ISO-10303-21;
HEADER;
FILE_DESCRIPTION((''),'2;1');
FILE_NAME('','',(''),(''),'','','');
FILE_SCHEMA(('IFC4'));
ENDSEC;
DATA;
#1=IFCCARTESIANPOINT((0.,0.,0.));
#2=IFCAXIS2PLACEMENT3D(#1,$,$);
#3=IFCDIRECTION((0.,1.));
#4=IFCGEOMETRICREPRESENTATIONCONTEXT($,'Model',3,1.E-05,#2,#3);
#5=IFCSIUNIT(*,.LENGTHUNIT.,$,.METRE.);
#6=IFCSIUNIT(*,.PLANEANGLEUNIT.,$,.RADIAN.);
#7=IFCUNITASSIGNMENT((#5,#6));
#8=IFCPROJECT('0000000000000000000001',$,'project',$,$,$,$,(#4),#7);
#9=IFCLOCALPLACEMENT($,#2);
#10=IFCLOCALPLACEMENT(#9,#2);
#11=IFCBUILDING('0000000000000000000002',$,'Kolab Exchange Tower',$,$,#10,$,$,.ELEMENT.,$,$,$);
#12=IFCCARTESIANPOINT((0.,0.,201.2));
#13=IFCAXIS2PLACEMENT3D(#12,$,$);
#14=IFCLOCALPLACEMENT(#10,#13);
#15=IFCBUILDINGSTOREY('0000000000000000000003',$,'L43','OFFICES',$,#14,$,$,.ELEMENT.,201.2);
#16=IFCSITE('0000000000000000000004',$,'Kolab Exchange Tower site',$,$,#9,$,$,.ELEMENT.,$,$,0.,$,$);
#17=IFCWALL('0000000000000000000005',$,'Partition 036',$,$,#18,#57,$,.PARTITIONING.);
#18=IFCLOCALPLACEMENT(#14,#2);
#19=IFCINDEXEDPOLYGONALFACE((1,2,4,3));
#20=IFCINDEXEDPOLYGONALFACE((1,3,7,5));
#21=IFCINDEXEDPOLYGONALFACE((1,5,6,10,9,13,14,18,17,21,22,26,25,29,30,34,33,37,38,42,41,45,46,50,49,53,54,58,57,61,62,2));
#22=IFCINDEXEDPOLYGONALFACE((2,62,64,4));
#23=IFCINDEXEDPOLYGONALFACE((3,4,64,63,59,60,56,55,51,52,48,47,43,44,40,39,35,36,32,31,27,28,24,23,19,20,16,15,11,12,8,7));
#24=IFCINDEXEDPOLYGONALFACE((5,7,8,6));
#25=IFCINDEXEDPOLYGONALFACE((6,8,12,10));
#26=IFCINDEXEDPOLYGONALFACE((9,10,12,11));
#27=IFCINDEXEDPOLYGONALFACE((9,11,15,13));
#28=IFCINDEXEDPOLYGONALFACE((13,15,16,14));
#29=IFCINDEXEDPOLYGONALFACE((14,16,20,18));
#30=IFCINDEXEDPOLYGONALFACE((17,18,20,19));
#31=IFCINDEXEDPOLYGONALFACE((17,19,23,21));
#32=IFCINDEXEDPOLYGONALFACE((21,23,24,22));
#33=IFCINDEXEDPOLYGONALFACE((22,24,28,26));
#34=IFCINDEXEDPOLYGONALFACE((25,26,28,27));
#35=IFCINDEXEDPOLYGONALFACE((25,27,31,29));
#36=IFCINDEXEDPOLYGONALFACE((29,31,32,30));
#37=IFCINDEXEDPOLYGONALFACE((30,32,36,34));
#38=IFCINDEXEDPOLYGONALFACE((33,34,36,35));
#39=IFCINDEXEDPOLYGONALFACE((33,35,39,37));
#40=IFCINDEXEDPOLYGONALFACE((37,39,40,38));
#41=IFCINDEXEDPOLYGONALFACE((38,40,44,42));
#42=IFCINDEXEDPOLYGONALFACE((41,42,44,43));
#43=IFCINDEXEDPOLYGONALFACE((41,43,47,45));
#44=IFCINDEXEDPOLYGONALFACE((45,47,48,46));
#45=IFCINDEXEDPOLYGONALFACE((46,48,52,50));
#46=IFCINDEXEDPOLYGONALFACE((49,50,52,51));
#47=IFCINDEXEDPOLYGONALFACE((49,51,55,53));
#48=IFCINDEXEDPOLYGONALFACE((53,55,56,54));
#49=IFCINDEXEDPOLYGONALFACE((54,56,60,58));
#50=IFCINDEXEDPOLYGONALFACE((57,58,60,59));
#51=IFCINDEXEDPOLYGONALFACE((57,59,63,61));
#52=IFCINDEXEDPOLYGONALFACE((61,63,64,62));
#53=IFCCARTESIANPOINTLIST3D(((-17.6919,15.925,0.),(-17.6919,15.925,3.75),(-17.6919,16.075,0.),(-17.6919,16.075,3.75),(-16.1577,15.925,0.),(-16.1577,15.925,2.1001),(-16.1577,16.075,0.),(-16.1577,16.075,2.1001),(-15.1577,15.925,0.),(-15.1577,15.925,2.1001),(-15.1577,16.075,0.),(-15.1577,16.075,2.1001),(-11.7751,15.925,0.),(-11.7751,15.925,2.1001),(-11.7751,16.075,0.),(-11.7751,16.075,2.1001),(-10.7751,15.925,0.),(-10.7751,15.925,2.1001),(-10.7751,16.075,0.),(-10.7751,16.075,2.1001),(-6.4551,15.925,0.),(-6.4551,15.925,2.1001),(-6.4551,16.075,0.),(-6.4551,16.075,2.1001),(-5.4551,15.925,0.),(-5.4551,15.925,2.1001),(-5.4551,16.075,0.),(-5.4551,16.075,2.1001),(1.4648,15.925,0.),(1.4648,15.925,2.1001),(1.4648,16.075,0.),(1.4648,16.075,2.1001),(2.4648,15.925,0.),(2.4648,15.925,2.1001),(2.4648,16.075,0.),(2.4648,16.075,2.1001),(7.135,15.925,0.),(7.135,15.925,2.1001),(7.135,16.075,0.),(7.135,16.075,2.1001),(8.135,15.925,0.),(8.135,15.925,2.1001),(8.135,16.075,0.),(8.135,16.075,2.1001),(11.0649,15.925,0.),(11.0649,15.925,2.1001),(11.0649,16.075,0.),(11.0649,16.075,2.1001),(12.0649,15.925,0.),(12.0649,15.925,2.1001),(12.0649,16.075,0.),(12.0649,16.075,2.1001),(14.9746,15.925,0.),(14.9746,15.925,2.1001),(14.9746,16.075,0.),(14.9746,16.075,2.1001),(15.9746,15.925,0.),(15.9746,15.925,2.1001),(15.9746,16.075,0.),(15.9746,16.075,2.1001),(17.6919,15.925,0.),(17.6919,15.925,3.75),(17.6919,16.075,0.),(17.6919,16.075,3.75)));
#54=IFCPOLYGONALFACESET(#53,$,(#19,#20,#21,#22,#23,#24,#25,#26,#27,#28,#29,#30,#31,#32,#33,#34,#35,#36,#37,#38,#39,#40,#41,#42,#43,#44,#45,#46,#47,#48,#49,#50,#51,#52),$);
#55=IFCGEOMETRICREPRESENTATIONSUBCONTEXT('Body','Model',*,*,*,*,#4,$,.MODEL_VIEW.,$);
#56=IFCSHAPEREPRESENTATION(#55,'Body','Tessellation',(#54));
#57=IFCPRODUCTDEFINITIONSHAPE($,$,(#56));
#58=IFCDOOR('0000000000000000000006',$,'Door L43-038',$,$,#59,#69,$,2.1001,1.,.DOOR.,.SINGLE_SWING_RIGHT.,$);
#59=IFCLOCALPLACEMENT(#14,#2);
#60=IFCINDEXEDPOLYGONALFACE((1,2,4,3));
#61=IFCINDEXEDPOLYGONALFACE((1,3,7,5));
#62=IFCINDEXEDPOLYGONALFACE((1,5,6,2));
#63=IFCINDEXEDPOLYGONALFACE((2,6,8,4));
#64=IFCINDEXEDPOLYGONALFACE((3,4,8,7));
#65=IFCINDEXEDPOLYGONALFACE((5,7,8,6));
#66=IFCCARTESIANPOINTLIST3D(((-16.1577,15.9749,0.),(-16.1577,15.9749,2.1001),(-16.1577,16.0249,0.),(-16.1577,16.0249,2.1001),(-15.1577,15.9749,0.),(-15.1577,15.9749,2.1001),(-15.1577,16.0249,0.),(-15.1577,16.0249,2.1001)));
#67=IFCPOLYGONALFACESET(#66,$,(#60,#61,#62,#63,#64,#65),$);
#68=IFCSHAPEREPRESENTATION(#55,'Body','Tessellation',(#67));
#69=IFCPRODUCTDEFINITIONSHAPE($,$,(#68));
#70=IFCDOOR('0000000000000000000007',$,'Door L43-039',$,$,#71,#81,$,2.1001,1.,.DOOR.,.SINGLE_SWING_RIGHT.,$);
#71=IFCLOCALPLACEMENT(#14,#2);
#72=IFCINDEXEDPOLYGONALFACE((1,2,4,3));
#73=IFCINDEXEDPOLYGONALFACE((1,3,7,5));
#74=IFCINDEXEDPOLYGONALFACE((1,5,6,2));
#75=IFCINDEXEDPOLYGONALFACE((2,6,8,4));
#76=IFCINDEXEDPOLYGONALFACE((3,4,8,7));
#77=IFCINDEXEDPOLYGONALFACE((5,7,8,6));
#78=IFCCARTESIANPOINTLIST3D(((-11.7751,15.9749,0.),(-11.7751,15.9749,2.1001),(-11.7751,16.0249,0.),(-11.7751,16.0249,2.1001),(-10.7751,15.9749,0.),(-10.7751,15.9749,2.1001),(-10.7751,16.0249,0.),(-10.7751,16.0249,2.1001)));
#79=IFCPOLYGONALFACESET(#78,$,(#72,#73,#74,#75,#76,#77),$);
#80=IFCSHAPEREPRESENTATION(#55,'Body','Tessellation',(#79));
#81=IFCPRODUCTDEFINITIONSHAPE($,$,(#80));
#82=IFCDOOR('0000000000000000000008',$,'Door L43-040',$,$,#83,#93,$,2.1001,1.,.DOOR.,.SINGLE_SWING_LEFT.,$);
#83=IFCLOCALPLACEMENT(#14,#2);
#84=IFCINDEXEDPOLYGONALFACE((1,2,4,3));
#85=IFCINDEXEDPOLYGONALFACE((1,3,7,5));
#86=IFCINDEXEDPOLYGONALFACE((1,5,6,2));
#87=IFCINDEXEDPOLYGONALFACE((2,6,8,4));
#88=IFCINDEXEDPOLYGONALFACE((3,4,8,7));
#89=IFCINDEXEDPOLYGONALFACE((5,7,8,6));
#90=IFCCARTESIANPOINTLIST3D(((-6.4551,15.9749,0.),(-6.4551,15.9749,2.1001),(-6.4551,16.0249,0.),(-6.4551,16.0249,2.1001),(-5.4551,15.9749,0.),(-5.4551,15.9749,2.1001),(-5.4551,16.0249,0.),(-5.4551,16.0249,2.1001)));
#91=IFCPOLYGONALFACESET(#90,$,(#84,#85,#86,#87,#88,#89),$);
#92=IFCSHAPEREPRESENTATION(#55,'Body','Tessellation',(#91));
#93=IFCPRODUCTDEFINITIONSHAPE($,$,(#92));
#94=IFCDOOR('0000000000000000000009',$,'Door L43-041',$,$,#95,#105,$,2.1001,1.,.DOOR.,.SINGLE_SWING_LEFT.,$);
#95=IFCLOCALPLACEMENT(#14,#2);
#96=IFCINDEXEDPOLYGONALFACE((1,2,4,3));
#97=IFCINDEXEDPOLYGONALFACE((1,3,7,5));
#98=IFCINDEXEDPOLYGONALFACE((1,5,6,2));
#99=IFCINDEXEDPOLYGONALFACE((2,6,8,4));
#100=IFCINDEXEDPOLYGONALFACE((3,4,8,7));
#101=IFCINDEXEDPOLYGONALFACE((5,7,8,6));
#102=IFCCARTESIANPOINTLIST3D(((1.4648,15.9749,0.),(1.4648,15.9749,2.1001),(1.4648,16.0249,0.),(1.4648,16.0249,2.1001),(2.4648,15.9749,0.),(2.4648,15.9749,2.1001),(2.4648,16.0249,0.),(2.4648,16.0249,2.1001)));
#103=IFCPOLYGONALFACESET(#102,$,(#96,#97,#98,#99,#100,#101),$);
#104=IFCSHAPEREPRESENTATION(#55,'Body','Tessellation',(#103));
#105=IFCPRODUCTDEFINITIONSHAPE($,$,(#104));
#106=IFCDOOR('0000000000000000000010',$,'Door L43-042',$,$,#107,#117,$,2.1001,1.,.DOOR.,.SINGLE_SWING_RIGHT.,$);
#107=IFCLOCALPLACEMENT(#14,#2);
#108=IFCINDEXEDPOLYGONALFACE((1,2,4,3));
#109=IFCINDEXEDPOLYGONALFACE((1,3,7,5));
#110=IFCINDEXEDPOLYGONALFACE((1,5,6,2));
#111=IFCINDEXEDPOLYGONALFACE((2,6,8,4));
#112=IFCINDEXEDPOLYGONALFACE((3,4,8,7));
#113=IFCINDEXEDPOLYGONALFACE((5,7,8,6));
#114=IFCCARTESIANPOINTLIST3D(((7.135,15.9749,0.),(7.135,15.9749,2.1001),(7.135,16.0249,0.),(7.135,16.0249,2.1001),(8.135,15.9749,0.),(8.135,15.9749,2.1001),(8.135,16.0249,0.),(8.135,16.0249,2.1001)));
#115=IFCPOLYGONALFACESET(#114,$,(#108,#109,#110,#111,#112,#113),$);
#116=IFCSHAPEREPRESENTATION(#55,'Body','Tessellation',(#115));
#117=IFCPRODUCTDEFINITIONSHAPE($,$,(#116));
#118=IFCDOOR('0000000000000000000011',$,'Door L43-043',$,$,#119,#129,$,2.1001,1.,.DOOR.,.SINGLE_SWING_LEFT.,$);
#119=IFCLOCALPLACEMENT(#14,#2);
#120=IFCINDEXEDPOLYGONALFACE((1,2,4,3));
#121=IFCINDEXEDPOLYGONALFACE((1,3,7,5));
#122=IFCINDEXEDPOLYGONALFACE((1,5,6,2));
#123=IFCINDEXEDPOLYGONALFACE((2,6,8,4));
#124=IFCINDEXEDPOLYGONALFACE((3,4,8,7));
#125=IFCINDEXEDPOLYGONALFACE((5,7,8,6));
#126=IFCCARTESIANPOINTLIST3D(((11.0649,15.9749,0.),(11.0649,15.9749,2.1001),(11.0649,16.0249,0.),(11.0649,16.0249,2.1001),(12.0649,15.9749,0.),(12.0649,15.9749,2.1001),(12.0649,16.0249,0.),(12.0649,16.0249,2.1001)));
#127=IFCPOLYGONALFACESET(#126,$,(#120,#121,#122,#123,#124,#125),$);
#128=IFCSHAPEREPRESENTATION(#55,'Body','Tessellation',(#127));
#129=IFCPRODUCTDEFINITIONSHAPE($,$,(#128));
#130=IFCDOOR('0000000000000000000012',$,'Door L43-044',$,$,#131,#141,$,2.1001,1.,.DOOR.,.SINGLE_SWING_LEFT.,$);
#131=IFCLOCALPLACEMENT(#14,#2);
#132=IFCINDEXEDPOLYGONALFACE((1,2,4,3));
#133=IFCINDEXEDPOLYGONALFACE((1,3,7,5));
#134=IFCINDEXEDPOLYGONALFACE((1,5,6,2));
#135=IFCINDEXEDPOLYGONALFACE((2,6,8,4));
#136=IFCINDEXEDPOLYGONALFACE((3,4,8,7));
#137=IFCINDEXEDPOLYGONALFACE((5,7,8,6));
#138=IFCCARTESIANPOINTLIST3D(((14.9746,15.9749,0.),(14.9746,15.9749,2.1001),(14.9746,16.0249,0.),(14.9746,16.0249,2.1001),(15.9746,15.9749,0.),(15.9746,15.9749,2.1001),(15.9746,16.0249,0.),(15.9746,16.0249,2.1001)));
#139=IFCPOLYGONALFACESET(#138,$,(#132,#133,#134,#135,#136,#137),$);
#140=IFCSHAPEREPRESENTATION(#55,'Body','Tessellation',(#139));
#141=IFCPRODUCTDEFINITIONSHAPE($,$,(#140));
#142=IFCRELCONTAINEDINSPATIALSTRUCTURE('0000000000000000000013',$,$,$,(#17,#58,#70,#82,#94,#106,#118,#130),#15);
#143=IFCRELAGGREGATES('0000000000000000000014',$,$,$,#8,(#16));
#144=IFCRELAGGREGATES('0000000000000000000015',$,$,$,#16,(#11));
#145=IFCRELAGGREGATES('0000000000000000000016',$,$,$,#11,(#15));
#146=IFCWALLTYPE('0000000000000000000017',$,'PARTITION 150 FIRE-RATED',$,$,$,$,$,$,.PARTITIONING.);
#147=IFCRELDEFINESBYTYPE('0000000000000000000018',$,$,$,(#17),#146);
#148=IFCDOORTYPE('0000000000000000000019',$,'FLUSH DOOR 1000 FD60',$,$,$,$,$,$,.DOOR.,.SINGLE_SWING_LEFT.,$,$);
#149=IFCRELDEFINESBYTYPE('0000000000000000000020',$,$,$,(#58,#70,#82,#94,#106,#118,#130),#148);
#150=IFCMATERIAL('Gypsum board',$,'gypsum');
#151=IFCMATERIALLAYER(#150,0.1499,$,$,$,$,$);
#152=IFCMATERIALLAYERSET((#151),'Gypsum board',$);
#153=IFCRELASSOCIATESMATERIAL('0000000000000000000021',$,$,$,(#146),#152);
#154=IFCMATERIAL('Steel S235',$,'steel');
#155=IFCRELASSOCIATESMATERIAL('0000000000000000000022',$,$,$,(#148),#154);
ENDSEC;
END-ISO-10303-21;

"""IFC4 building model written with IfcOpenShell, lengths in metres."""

from ifc_helpers import new_model, si_unit, direction, frame, frame_2d, origin, place, context, subcontext, project, spatial, rectangle, extrude, material, layer, layer_set, type_object, element, fill, save


model = new_model("IFC4")

# Units and contexts
model_context = context("Model", 3, precision=1e-05, world=origin(), true_north=direction((0.0, 1.0)))
body_context = subcontext(model_context, "Body", "Model", "MODEL_VIEW")
ifc_project = project(units=[si_unit("LENGTHUNIT", "METRE"), si_unit("PLANEANGLEUNIT", "RADIAN")], contexts=[model_context])

# Site, building, storey
site_placement = place(None, origin())
site = spatial("IfcSite", under=ifc_project, at=site_placement, Name="Kolab Exchange Tower site", CompositionType="ELEMENT", RefElevation=0.0)
building_placement = place(site_placement, origin())
building = spatial("IfcBuilding", under=site, at=building_placement, Name="Kolab Exchange Tower", CompositionType="ELEMENT")
storey_placement = place(building_placement, frame((0.0, 0.0, 201.2)))
storey = spatial("IfcBuildingStorey", under=building, at=storey_placement, Name="L43", Description="OFFICES", CompositionType="ELEMENT", Elevation=201.2)

# Shared definitions
ifc_material_1 = material(Name="Gypsum board", Category="gypsum")

# Wall, openings, doors
ifc_layer_1 = layer(ifc_material_1, 0.1499)
ifc_layer_set_1 = layer_set([ifc_layer_1], Name="Gypsum board")
wall_type_1 = type_object("IfcWallType", Name="PARTITION 150 FIRE-RATED", PredefinedType="PARTITIONING", material=ifc_layer_set_1)
wall_1_placement = place(storey_placement, frame((-17.6919, 16.0, 0.0), z_axis=(0.0, 0.0, 1.0), x_axis=(1.0, 0.0, 0.0)))
wall_1 = element("IfcWall", 1, at=wall_1_placement, inside=storey, type_object=wall_type_1, Name="Partition 036", PredefinedType="PARTITIONING", context=body_context, shape_type="SweptSolid", body=[
    extrude(rectangle(XDim=35.3838, YDim=0.1499, at=frame_2d((17.6919, 0.0))), origin(), (0.0, 0.0, 1.0), 3.75),
])
opening_1_placement = place(wall_1_placement, frame((1.5342, 0.0, 0.0)))
opening_1 = element("IfcOpeningElement", 2, at=opening_1_placement, cuts=wall_1, PredefinedType="OPENING", context=body_context, shape_type="SweptSolid", body=[
    extrude(rectangle(XDim=1.0, YDim=2.1001, at=frame_2d((0.5, 1.05))), frame((0.0, 0.085, 0.0), z_axis=(0.0, -1.0, 0.0), x_axis=(1.0, 0.0, 0.0)), (0.0, 0.0, 1.0), 0.1699),
])
opening_2_placement = place(wall_1_placement, frame((5.9167, 0.0, 0.0)))
opening_2 = element("IfcOpeningElement", 3, at=opening_2_placement, cuts=wall_1, PredefinedType="OPENING", context=body_context, shape_type="SweptSolid", body=[
    extrude(rectangle(XDim=1.0, YDim=2.1001, at=frame_2d((0.5, 1.05))), frame((0.0, 0.085, 0.0), z_axis=(0.0, -1.0, 0.0), x_axis=(1.0, 0.0, 0.0)), (0.0, 0.0, 1.0), 0.1699),
])
opening_3_placement = place(wall_1_placement, frame((11.2368, 0.0, 0.0)))
opening_3 = element("IfcOpeningElement", 4, at=opening_3_placement, cuts=wall_1, PredefinedType="OPENING", context=body_context, shape_type="SweptSolid", body=[
    extrude(rectangle(XDim=1.0, YDim=2.1001, at=frame_2d((0.5, 1.05))), frame((0.0, 0.085, 0.0), z_axis=(0.0, -1.0, 0.0), x_axis=(1.0, 0.0, 0.0)), (0.0, 0.0, 1.0), 0.1699),
])
opening_4_placement = place(wall_1_placement, frame((19.1567, 0.0, 0.0)))
opening_4 = element("IfcOpeningElement", 5, at=opening_4_placement, cuts=wall_1, PredefinedType="OPENING", context=body_context, shape_type="SweptSolid", body=[
    extrude(rectangle(XDim=1.0, YDim=2.1001, at=frame_2d((0.5, 1.05))), frame((0.0, 0.085, 0.0), z_axis=(0.0, -1.0, 0.0), x_axis=(1.0, 0.0, 0.0)), (0.0, 0.0, 1.0), 0.1699),
])
opening_5_placement = place(wall_1_placement, frame((24.8269, 0.0, 0.0)))
opening_5 = element("IfcOpeningElement", 6, at=opening_5_placement, cuts=wall_1, PredefinedType="OPENING", context=body_context, shape_type="SweptSolid", body=[
    extrude(rectangle(XDim=1.0, YDim=2.1001, at=frame_2d((0.5, 1.05))), frame((0.0, 0.085, 0.0), z_axis=(0.0, -1.0, 0.0), x_axis=(1.0, 0.0, 0.0)), (0.0, 0.0, 1.0), 0.1699),
])
opening_6_placement = place(wall_1_placement, frame((28.7568, 0.0, 0.0)))
opening_6 = element("IfcOpeningElement", 7, at=opening_6_placement, cuts=wall_1, PredefinedType="OPENING", context=body_context, shape_type="SweptSolid", body=[
    extrude(rectangle(XDim=1.0, YDim=2.1001, at=frame_2d((0.5, 1.05))), frame((0.0, 0.085, 0.0), z_axis=(0.0, -1.0, 0.0), x_axis=(1.0, 0.0, 0.0)), (0.0, 0.0, 1.0), 0.1699),
])
opening_7_placement = place(wall_1_placement, frame((32.6665, 0.0, 0.0)))
opening_7 = element("IfcOpeningElement", 8, at=opening_7_placement, cuts=wall_1, PredefinedType="OPENING", context=body_context, shape_type="SweptSolid", body=[
    extrude(rectangle(XDim=1.0, YDim=2.1001, at=frame_2d((0.5, 1.05))), frame((0.0, 0.085, 0.0), z_axis=(0.0, -1.0, 0.0), x_axis=(1.0, 0.0, 0.0)), (0.0, 0.0, 1.0), 0.1699),
])
ifc_material_2 = material(Name="Steel S235", Category="steel")
door_type = type_object("IfcDoorType", Name="FLUSH DOOR 1000 FD60", OperationType="SINGLE_SWING_LEFT", PredefinedType="DOOR", material=ifc_material_2)
door_1_placement = place(opening_1_placement, origin())
door_1 = element("IfcDoor", 9, at=door_1_placement, inside=storey, type_object=door_type, Name="Door L43-038", OperationType="SINGLE_SWING_RIGHT", OverallHeight=2.1001, OverallWidth=1.0, PredefinedType="DOOR", context=body_context, shape_type="SweptSolid", body=[
    extrude(rectangle(XDim=1.0, YDim=2.1001, at=frame_2d((0.5, 1.05))), frame((0.0, 0.0249, 0.0), z_axis=(0.0, -1.0, 0.0), x_axis=(1.0, 0.0, 0.0)), (0.0, 0.0, 1.0), 0.05),
])
fill(opening_1, door_1)
door_2_placement = place(opening_2_placement, origin())
door_2 = element("IfcDoor", 10, at=door_2_placement, inside=storey, type_object=door_type, Name="Door L43-039", OperationType="SINGLE_SWING_RIGHT", OverallHeight=2.1001, OverallWidth=1.0, PredefinedType="DOOR", context=body_context, shape_type="SweptSolid", body=[
    extrude(rectangle(XDim=1.0, YDim=2.1001, at=frame_2d((0.5, 1.05))), frame((0.0, 0.0249, 0.0), z_axis=(0.0, -1.0, 0.0), x_axis=(1.0, 0.0, 0.0)), (0.0, 0.0, 1.0), 0.05),
])
fill(opening_2, door_2)
door_3_placement = place(opening_3_placement, origin())
door_3 = element("IfcDoor", 11, at=door_3_placement, inside=storey, type_object=door_type, Name="Door L43-040", OperationType="SINGLE_SWING_LEFT", OverallHeight=2.1001, OverallWidth=1.0, PredefinedType="DOOR", context=body_context, shape_type="SweptSolid", body=[
    extrude(rectangle(XDim=1.0, YDim=2.1001, at=frame_2d((0.5, 1.05))), frame((0.0, 0.0249, 0.0), z_axis=(0.0, -1.0, 0.0), x_axis=(1.0, 0.0, 0.0)), (0.0, 0.0, 1.0), 0.05),
])
fill(opening_3, door_3)
door_4_placement = place(opening_4_placement, origin())
door_4 = element("IfcDoor", 12, at=door_4_placement, inside=storey, type_object=door_type, Name="Door L43-041", OperationType="SINGLE_SWING_LEFT", OverallHeight=2.1001, OverallWidth=1.0, PredefinedType="DOOR", context=body_context, shape_type="SweptSolid", body=[
    extrude(rectangle(XDim=1.0, YDim=2.1001, at=frame_2d((0.5, 1.05))), frame((0.0, 0.0249, 0.0), z_axis=(0.0, -1.0, 0.0), x_axis=(1.0, 0.0, 0.0)), (0.0, 0.0, 1.0), 0.05),
])
fill(opening_4, door_4)
door_5_placement = place(opening_5_placement, origin())
door_5 = element("IfcDoor", 13, at=door_5_placement, inside=storey, type_object=door_type, Name="Door L43-042", OperationType="SINGLE_SWING_RIGHT", OverallHeight=2.1001, OverallWidth=1.0, PredefinedType="DOOR", context=body_context, shape_type="SweptSolid", body=[
    extrude(rectangle(XDim=1.0, YDim=2.1001, at=frame_2d((0.5, 1.05))), frame((0.0, 0.0249, 0.0), z_axis=(0.0, -1.0, 0.0), x_axis=(1.0, 0.0, 0.0)), (0.0, 0.0, 1.0), 0.05),
])
fill(opening_5, door_5)
door_6_placement = place(opening_6_placement, origin())
door_6 = element("IfcDoor", 14, at=door_6_placement, inside=storey, type_object=door_type, Name="Door L43-043", OperationType="SINGLE_SWING_LEFT", OverallHeight=2.1001, OverallWidth=1.0, PredefinedType="DOOR", context=body_context, shape_type="SweptSolid", body=[
    extrude(rectangle(XDim=1.0, YDim=2.1001, at=frame_2d((0.5, 1.05))), frame((0.0, 0.0249, 0.0), z_axis=(0.0, -1.0, 0.0), x_axis=(1.0, 0.0, 0.0)), (0.0, 0.0, 1.0), 0.05),
])
fill(opening_6, door_6)
door_7_placement = place(opening_7_placement, origin())
door_7 = element("IfcDoor", 15, at=door_7_placement, inside=storey, type_object=door_type, Name="Door L43-044", OperationType="SINGLE_SWING_LEFT", OverallHeight=2.1001, OverallWidth=1.0, PredefinedType="DOOR", context=body_context, shape_type="SweptSolid", body=[
    extrude(rectangle(XDim=1.0, YDim=2.1001, at=frame_2d((0.5, 1.05))), frame((0.0, 0.0249, 0.0), z_axis=(0.0, -1.0, 0.0), x_axis=(1.0, 0.0, 0.0)), (0.0, 0.0, 1.0), 0.05),
])
fill(opening_7, door_7)

save(model, "model.ifc")
